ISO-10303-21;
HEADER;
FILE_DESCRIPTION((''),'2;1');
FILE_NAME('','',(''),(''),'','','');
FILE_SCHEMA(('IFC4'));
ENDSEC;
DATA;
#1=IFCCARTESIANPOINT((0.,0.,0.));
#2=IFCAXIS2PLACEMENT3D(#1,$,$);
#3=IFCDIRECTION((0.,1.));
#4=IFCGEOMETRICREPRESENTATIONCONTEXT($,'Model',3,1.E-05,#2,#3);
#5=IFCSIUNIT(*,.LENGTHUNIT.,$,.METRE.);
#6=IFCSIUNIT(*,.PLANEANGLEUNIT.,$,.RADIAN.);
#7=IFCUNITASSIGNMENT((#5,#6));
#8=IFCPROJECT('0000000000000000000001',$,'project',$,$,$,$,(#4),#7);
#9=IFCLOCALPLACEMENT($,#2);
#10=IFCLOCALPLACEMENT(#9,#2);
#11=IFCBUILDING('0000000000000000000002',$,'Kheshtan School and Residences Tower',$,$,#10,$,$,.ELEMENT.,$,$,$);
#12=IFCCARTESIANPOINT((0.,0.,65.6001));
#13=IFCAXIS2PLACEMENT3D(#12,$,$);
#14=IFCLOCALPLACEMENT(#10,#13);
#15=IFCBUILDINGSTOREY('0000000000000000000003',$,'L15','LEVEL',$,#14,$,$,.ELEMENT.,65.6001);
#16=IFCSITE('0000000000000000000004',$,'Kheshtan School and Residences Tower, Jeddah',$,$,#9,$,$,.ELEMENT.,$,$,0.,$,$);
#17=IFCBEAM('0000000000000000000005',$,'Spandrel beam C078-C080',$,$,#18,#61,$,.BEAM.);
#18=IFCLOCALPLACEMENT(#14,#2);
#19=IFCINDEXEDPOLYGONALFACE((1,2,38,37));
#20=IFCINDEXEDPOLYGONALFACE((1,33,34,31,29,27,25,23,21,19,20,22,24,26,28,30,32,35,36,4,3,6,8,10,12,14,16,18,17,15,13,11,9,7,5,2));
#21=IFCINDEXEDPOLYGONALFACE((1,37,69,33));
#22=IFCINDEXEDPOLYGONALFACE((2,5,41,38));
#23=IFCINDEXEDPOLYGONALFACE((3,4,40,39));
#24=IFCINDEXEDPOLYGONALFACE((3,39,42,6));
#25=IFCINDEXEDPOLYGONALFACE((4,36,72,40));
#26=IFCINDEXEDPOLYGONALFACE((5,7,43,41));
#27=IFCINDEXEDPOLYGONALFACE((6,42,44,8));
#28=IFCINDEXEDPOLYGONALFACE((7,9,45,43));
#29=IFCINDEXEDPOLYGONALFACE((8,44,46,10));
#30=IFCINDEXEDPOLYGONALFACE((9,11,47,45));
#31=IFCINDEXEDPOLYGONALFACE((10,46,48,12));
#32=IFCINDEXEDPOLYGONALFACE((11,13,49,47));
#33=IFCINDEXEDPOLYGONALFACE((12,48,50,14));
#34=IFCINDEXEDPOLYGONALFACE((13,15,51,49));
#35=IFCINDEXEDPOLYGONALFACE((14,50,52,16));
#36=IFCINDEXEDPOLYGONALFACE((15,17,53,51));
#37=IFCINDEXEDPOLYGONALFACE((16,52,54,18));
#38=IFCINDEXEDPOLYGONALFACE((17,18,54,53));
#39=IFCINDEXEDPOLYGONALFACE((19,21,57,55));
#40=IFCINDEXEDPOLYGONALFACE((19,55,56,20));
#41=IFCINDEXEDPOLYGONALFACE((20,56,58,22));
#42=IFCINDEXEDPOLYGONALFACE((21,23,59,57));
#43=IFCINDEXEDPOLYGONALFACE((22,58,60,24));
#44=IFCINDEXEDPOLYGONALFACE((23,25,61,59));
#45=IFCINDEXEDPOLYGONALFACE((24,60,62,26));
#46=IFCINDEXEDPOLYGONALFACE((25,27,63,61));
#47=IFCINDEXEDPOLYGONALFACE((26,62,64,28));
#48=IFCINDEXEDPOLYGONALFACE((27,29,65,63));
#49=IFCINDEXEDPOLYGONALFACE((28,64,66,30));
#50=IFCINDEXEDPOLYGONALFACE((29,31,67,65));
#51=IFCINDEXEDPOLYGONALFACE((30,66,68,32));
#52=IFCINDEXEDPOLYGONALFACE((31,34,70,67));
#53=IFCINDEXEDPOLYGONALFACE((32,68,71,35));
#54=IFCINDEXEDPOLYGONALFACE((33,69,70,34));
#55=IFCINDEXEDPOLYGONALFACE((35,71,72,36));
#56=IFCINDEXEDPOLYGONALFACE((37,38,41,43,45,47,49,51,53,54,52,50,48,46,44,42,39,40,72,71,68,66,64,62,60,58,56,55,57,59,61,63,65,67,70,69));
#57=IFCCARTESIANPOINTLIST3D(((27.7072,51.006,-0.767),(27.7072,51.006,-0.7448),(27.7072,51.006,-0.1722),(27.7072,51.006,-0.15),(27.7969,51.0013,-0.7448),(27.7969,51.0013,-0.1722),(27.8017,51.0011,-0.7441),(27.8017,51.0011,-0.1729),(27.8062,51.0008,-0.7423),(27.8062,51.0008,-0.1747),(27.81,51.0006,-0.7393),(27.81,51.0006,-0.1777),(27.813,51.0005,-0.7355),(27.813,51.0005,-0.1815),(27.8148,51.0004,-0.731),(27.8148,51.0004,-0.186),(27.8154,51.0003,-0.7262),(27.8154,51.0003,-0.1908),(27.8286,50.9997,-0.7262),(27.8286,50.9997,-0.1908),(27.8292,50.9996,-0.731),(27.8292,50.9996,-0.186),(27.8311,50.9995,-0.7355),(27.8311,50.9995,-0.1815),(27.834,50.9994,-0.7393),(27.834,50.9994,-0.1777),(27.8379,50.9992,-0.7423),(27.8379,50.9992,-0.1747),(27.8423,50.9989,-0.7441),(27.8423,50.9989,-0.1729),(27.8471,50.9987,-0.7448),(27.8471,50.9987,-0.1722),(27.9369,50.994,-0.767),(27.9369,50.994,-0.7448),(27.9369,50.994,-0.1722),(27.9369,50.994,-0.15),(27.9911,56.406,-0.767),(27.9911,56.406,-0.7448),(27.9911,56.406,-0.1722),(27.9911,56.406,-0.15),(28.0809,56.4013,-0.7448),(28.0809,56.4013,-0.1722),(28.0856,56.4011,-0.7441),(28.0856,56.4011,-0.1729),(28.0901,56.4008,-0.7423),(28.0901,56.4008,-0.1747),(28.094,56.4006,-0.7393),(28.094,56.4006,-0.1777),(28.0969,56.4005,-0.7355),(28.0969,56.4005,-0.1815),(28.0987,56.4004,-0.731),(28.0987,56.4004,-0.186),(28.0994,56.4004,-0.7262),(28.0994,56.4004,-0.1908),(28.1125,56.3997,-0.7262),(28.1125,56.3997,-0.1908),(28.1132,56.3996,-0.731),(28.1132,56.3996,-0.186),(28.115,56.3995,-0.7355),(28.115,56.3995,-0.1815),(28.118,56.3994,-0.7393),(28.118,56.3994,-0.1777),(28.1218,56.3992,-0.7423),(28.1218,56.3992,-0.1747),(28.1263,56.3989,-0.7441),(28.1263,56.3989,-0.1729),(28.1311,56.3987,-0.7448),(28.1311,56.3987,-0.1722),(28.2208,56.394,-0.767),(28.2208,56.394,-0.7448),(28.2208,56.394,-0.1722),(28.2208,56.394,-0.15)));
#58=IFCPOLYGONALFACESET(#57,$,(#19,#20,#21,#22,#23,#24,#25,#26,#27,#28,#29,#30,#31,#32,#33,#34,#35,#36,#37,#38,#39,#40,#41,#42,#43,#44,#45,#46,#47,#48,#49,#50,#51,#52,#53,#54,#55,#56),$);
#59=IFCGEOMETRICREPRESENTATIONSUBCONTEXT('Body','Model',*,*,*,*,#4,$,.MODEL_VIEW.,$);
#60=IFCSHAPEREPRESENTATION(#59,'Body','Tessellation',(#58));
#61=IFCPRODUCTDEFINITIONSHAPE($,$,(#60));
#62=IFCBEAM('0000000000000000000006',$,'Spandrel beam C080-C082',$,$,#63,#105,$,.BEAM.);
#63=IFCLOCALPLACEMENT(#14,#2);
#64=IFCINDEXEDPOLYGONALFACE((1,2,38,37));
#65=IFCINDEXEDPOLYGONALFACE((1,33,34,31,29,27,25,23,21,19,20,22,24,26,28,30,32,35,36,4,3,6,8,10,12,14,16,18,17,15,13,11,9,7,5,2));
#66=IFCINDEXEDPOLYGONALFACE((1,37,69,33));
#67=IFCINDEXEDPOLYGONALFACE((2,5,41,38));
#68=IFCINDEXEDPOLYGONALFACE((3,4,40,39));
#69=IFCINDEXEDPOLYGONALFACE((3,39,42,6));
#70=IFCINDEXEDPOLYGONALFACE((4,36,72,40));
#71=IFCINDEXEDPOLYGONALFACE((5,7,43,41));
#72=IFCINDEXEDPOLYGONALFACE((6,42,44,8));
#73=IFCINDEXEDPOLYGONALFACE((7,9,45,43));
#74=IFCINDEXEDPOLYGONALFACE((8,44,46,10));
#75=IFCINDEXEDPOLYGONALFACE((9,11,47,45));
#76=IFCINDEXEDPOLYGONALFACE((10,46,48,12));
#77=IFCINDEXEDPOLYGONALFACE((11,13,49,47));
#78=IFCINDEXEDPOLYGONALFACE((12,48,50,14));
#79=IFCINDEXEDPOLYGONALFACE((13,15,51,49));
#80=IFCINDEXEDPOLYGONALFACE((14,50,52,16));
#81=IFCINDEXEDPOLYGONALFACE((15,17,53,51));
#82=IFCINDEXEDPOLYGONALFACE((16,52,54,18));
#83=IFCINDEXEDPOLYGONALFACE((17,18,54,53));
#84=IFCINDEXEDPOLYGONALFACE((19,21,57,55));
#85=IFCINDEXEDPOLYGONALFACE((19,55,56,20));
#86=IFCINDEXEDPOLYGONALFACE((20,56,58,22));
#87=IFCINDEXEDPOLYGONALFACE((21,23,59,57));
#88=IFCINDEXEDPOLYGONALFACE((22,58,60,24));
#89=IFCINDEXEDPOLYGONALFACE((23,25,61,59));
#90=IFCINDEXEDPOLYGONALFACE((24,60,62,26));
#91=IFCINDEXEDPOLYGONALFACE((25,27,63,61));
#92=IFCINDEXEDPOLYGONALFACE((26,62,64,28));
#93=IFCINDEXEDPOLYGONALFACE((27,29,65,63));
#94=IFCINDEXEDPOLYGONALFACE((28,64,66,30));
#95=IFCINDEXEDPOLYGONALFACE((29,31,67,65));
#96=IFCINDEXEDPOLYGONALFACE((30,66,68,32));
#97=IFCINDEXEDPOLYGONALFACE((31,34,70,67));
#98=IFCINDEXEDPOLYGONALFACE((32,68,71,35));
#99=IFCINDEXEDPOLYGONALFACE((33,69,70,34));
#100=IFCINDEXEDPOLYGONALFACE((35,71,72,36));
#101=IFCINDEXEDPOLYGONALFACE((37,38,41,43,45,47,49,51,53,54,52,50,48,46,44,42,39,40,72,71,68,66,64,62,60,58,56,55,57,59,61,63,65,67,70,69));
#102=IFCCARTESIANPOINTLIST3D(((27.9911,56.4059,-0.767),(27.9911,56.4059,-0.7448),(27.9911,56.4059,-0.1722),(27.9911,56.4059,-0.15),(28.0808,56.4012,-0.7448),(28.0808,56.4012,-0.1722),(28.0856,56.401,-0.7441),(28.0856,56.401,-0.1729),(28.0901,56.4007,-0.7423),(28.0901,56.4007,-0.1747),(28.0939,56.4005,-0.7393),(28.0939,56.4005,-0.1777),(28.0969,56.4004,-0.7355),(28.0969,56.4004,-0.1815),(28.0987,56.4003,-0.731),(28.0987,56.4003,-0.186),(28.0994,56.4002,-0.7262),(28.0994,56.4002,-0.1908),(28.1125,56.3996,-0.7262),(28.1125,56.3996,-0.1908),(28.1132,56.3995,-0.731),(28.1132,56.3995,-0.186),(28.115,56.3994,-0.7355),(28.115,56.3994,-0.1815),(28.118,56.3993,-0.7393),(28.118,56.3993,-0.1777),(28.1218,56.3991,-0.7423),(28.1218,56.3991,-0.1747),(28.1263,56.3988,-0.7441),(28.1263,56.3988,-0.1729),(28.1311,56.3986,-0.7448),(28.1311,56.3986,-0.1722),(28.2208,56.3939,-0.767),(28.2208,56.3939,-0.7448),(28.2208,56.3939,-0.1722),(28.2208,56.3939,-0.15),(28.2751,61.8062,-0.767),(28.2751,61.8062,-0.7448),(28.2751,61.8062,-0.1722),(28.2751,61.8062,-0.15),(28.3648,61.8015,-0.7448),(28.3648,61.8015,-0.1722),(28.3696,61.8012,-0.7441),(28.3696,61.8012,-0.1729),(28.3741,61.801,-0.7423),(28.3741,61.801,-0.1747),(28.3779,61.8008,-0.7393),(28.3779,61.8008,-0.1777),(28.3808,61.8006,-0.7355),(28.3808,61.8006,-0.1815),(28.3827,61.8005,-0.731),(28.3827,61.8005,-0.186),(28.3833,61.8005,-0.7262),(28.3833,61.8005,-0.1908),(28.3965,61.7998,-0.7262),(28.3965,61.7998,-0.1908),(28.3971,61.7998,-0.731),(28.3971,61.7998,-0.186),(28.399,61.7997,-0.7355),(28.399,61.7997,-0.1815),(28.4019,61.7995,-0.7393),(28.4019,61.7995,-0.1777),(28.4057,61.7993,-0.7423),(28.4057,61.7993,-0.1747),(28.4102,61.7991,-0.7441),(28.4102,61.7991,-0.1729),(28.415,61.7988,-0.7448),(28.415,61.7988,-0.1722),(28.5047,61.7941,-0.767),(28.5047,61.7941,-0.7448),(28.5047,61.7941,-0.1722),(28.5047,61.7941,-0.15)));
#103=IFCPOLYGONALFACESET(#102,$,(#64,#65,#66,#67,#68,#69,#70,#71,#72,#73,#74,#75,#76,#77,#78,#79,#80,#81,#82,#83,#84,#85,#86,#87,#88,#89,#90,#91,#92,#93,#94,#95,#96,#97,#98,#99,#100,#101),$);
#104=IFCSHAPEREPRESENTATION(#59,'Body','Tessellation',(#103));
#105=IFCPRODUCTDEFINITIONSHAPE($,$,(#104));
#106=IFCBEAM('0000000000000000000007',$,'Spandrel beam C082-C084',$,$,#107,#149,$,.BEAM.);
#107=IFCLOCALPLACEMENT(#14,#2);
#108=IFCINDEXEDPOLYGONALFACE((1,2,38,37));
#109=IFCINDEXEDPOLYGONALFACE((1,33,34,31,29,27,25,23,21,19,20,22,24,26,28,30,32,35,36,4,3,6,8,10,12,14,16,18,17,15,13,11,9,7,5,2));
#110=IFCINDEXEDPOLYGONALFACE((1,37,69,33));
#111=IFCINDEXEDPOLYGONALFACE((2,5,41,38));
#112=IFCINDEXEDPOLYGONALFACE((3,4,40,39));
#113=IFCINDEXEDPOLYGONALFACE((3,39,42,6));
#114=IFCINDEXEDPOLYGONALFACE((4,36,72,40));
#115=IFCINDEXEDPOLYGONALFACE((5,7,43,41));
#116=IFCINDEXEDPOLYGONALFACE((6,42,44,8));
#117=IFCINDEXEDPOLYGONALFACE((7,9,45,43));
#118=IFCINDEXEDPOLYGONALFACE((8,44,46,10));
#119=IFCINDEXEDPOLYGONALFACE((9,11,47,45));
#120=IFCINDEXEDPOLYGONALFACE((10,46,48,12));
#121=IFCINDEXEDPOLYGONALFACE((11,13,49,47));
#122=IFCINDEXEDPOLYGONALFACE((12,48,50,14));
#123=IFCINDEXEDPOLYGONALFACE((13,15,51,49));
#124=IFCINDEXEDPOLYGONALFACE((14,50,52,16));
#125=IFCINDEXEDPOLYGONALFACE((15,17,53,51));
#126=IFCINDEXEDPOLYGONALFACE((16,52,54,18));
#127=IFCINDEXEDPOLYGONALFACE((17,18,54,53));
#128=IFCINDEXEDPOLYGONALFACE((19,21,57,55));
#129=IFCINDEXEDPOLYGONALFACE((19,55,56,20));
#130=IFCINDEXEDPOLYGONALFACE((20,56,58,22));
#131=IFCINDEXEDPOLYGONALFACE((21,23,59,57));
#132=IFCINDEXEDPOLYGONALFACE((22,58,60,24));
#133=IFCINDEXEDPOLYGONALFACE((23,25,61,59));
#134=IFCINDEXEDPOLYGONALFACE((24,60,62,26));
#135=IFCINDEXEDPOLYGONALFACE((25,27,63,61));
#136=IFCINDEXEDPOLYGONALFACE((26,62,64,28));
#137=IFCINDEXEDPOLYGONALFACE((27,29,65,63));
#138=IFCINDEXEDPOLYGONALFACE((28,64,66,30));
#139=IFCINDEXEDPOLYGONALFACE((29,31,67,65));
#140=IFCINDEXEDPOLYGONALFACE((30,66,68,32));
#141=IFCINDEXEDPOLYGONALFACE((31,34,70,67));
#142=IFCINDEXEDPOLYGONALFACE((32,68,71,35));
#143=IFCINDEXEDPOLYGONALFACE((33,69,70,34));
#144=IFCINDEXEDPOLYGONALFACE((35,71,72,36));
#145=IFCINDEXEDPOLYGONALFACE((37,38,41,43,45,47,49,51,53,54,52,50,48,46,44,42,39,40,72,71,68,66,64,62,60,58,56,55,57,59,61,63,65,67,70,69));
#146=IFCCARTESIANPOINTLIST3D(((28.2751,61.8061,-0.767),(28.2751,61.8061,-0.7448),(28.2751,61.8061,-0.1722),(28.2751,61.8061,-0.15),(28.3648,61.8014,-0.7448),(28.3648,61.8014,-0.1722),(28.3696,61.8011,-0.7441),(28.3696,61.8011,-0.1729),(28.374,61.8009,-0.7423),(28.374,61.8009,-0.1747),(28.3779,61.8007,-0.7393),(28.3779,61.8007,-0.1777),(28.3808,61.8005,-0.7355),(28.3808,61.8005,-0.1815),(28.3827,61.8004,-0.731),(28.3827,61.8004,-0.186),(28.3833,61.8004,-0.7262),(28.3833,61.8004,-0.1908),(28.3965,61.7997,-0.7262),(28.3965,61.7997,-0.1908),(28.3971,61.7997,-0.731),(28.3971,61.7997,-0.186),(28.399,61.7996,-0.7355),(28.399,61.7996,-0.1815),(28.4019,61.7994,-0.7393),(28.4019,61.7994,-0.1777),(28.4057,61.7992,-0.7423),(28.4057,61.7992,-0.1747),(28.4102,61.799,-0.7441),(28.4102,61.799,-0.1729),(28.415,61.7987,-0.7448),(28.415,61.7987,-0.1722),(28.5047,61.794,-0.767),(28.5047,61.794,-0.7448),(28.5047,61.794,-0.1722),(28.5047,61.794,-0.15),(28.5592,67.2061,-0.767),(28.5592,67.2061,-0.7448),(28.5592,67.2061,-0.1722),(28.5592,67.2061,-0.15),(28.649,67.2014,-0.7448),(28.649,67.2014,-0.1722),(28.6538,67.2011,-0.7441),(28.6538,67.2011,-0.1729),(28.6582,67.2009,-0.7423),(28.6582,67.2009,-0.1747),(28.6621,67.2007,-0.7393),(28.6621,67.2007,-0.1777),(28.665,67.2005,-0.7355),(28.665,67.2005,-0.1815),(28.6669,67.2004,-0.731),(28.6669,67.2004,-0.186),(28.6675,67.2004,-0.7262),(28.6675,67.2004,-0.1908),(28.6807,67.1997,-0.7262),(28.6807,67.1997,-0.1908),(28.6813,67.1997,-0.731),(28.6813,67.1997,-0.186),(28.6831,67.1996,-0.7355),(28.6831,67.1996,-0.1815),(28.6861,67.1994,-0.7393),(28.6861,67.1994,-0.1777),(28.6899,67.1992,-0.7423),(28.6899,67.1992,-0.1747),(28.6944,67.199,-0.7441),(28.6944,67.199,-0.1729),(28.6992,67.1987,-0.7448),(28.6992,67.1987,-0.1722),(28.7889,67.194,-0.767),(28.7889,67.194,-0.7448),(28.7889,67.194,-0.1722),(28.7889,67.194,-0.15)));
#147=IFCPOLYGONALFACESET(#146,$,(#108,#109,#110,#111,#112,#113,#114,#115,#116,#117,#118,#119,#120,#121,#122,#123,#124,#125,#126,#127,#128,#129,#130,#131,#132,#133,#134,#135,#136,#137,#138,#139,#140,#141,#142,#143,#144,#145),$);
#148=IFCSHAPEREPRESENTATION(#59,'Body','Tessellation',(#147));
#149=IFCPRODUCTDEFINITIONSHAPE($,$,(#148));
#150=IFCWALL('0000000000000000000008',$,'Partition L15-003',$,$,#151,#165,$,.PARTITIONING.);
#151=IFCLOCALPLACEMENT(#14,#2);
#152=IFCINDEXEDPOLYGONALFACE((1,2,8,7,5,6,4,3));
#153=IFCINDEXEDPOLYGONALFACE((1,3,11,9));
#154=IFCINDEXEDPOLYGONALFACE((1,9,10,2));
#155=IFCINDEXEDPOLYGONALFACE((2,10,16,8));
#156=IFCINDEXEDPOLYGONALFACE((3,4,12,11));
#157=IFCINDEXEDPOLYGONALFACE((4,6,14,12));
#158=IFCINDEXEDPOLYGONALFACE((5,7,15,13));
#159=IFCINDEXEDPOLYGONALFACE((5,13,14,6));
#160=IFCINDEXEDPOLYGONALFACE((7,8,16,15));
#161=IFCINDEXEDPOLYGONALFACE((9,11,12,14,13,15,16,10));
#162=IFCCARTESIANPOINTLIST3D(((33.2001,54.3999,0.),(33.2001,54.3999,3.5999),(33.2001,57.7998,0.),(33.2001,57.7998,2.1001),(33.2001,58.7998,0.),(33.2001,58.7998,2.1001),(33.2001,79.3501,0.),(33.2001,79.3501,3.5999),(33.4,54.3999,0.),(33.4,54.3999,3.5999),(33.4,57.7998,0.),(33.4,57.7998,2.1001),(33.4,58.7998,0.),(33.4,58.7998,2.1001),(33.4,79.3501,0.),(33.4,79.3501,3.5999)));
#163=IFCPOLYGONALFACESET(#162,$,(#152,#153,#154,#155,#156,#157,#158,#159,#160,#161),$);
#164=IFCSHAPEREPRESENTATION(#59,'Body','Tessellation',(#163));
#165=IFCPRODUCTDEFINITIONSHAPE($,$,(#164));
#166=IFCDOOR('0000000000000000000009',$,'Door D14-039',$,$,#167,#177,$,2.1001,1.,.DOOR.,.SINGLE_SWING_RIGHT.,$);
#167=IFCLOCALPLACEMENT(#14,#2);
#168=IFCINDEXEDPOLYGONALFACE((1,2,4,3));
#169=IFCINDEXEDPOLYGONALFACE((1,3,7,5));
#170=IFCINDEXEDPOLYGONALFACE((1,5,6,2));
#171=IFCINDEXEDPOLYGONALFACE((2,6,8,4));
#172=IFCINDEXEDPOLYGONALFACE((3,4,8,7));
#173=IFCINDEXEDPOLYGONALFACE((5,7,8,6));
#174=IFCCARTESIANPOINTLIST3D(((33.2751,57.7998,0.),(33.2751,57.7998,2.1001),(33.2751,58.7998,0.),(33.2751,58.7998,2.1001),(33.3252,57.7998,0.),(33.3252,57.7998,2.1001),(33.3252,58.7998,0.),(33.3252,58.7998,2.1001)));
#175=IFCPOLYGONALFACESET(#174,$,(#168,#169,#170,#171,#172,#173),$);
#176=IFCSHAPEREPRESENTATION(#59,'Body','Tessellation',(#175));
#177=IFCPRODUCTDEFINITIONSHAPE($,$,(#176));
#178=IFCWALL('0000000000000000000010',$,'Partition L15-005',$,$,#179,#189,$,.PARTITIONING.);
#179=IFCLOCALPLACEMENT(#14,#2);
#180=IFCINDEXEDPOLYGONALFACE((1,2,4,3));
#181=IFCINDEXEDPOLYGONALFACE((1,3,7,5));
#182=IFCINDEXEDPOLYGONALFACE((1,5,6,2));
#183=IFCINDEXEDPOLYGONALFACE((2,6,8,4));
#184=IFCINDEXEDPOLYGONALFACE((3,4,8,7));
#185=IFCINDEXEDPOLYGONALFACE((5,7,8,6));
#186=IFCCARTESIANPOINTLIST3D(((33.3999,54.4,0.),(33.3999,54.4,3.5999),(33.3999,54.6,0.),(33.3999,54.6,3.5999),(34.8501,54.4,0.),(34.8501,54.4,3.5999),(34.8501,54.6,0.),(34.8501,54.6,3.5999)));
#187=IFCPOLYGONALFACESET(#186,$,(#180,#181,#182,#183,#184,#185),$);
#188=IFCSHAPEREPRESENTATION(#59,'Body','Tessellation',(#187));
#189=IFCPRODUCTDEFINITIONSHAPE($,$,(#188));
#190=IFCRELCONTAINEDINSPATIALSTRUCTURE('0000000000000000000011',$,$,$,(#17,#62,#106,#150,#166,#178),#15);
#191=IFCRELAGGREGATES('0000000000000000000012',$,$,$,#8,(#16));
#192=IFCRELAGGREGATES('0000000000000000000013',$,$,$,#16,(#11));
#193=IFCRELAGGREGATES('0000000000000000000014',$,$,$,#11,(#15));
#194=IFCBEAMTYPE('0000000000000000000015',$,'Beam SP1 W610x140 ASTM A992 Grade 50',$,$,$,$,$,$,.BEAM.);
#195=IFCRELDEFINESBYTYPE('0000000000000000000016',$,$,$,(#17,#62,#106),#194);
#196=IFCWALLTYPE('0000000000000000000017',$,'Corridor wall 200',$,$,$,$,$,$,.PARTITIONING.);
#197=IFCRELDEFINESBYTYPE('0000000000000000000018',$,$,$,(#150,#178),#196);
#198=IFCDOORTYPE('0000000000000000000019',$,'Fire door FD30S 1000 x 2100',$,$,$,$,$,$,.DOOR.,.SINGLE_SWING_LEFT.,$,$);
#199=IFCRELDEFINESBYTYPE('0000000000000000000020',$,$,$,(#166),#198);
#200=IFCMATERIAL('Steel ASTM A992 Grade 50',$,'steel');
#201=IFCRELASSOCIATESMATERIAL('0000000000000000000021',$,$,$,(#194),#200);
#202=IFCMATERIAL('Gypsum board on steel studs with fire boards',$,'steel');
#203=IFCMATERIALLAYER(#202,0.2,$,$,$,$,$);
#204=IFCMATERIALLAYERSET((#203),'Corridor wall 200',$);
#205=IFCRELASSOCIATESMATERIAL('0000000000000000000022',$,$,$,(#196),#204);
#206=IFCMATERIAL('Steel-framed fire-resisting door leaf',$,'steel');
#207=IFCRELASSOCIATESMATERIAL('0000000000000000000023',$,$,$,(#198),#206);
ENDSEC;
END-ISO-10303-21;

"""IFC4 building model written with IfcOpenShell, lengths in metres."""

from ifc_helpers import new_model, si_unit, direction, frame, frame_2d, origin, origin_2d, place, context, subcontext, project, spatial, rectangle, i_section, extrude, source, transform, mapped, material, layer, layer_set, material_profile, profile_set, type_object, element, fill, save


model = new_model("IFC4")

# Units and contexts
model_context = context("Model", 3, precision=1e-05, world=origin(), true_north=direction((0.0, 1.0)))
body_context = subcontext(model_context, "Body", "Model", "MODEL_VIEW")
ifc_project = project(units=[si_unit("LENGTHUNIT", "METRE"), si_unit("PLANEANGLEUNIT", "RADIAN")], contexts=[model_context])

# Site, building, storey
site_placement = place(None, origin())
site = spatial("IfcSite", under=ifc_project, at=site_placement, Name="Kheshtan School and Residences Tower, Jeddah", CompositionType="ELEMENT", RefElevation=0.0)
building_placement = place(site_placement, origin())
building = spatial("IfcBuilding", under=site, at=building_placement, Name="Kheshtan School and Residences Tower", CompositionType="ELEMENT")
storey_placement = place(building_placement, frame((0.0, 0.0, 65.6001)))
storey = spatial("IfcBuildingStorey", under=building, at=storey_placement, Name="L15", Description="LEVEL", CompositionType="ELEMENT", Elevation=65.6001)

# Shared definitions
ifc_material_1 = material(Name="Steel ASTM A992 Grade 50", Category="steel")

# Beams
ifc_material_profile_1 = material_profile(ifc_material_1, i_section(OverallWidth=0.23, OverallDepth=0.6169, WebThickness=0.0132, FlangeThickness=0.0222, FilletRadius=0.0186, at=origin_2d()), Name="W610x140")
ifc_profile_set_1 = profile_set([ifc_material_profile_1], Name="Steel ASTM A992 Grade 50")
beam_type_1 = type_object("IfcBeamType", Name="Beam SP1 W610x140 ASTM A992 Grade 50", PredefinedType="BEAM", material=ifc_profile_set_1)
beam_1_placement = place(storey_placement, frame((27.822, 51.0, -0.4585), z_axis=(0.052509, 0.99862, 0.0), x_axis=(-0.99862, 0.052509, 0.0)))
element("IfcBeam", 1, at=beam_1_placement, inside=storey, type_object=beam_type_1, Name="Spandrel beam C078-C080", PredefinedType="BEAM", context=body_context, shape_type="SweptSolid", body=[
    extrude(i_section(OverallWidth=0.23, OverallDepth=0.6169, WebThickness=0.0132, FlangeThickness=0.0222, FilletRadius=0.0186, at=origin_2d()), origin(), (0.0, 0.0, 1.0), 5.4075),
])
beam_2_placement = place(storey_placement, frame((28.106, 56.3999, -0.4585), z_axis=(0.052507, 0.998621, 0.0), x_axis=(-0.998621, 0.052507, 0.0)))
element("IfcBeam", 2, at=beam_2_placement, inside=storey, type_object=beam_type_1, Name="Spandrel beam C080-C082", PredefinedType="BEAM", context=body_context, shape_type="SweptSolid", body=[
    extrude(i_section(OverallWidth=0.23, OverallDepth=0.6169, WebThickness=0.0132, FlangeThickness=0.0222, FilletRadius=0.0186, at=origin_2d()), origin(), (0.0, 0.0, 1.0), 5.4077),
])
beam_3_placement = place(storey_placement, frame((28.3899, 61.8, -0.4585), z_axis=(0.052554, 0.998618, 0.0), x_axis=(-0.998618, 0.052554, 0.0)))
element("IfcBeam", 3, at=beam_3_placement, inside=storey, type_object=beam_type_1, Name="Spandrel beam C082-C084", PredefinedType="BEAM", context=body_context, shape_type="SweptSolid", body=[
    extrude(i_section(OverallWidth=0.23, OverallDepth=0.6169, WebThickness=0.0132, FlangeThickness=0.0222, FilletRadius=0.0186, at=origin_2d()), origin(), (0.0, 0.0, 1.0), 5.4075),
])

# Wall, opening, door
ifc_material_2 = material(Name="Gypsum board on steel studs with fire boards", Category="steel")
ifc_layer_1 = layer(ifc_material_2, 0.2)
ifc_layer_set_1 = layer_set([ifc_layer_1], Name="Corridor wall 200")
wall_type_1 = type_object("IfcWallType", Name="Corridor wall 200", PredefinedType="PARTITIONING", material=ifc_layer_set_1)
wall_1_placement = place(storey_placement, frame((33.3, 54.3999, 0.0), z_axis=(0.0, 0.0, 1.0), x_axis=(0.0, 1.0, 0.0)))
wall_1 = element("IfcWall", 4, at=wall_1_placement, inside=storey, type_object=wall_type_1, Name="Partition L15-003", PredefinedType="PARTITIONING", context=body_context, shape_type="SweptSolid", body=[
    extrude(rectangle(XDim=24.9502, YDim=0.2, at=frame_2d((12.4751, 0.0))), origin(), (0.0, 0.0, 1.0), 3.5999),
])
opening_1_placement = place(wall_1_placement, frame((3.3999, 0.0, 0.0)))
opening_1 = element("IfcOpeningElement", 5, at=opening_1_placement, cuts=wall_1, PredefinedType="OPENING", context=body_context, shape_type="SweptSolid", body=[
    extrude(rectangle(XDim=1.0, YDim=2.1001, at=frame_2d((0.5, 1.05))), frame((0.0, 0.1099, 0.0), z_axis=(0.0, -1.0, 0.0), x_axis=(1.0, 0.0, 0.0)), (0.0, 0.0, 1.0), 0.22),
])
ifc_material_3 = material(Name="Steel-framed fire-resisting door leaf", Category="steel")
door_type_1 = type_object("IfcDoorType", Name="Fire door FD30S 1000 x 2100", OperationType="SINGLE_SWING_LEFT", PredefinedType="DOOR", material=ifc_material_3)
shared_shape_1 = source(origin(), body_context, "Body", "SweptSolid", [
    extrude(rectangle(XDim=1.0, YDim=2.1001, at=frame_2d((0.5, 1.05))), frame((0.0, 0.0249, 0.0), z_axis=(0.0, -1.0, 0.0), x_axis=(1.0, 0.0, 0.0)), (0.0, 0.0, 1.0), 0.05),
])
door_1_placement = place(opening_1_placement, origin())
door_1 = element("IfcDoor", 6, at=door_1_placement, inside=storey, type_object=door_type_1, Name="Door D14-039", OperationType="SINGLE_SWING_RIGHT", OverallHeight=2.1001, OverallWidth=1.0, PredefinedType="DOOR", context=body_context, shape_type="MappedRepresentation", body=[
    mapped(shared_shape_1, transform((0.0, 0.0, 0.0), x_axis=(1.0, 0.0, 0.0), y_axis=(0.0, 1.0, 0.0), z_axis=(0.0, 0.0, 1.0), scale=1.0)),
])
fill(opening_1, door_1)

# Wall
wall_2_placement = place(storey_placement, frame((33.3999, 54.5, 0.0), z_axis=(0.0, 0.0, 1.0), x_axis=(1.0, 0.0, 0.0)))
element("IfcWall", 7, at=wall_2_placement, inside=storey, type_object=wall_type_1, Name="Partition L15-005", PredefinedType="PARTITIONING", context=body_context, shape_type="SweptSolid", body=[
    extrude(rectangle(XDim=1.4502, YDim=0.2, at=frame_2d((0.7251, 0.0))), origin(), (0.0, 0.0, 1.0), 3.5999),
])

save(model, "model.ifc")
